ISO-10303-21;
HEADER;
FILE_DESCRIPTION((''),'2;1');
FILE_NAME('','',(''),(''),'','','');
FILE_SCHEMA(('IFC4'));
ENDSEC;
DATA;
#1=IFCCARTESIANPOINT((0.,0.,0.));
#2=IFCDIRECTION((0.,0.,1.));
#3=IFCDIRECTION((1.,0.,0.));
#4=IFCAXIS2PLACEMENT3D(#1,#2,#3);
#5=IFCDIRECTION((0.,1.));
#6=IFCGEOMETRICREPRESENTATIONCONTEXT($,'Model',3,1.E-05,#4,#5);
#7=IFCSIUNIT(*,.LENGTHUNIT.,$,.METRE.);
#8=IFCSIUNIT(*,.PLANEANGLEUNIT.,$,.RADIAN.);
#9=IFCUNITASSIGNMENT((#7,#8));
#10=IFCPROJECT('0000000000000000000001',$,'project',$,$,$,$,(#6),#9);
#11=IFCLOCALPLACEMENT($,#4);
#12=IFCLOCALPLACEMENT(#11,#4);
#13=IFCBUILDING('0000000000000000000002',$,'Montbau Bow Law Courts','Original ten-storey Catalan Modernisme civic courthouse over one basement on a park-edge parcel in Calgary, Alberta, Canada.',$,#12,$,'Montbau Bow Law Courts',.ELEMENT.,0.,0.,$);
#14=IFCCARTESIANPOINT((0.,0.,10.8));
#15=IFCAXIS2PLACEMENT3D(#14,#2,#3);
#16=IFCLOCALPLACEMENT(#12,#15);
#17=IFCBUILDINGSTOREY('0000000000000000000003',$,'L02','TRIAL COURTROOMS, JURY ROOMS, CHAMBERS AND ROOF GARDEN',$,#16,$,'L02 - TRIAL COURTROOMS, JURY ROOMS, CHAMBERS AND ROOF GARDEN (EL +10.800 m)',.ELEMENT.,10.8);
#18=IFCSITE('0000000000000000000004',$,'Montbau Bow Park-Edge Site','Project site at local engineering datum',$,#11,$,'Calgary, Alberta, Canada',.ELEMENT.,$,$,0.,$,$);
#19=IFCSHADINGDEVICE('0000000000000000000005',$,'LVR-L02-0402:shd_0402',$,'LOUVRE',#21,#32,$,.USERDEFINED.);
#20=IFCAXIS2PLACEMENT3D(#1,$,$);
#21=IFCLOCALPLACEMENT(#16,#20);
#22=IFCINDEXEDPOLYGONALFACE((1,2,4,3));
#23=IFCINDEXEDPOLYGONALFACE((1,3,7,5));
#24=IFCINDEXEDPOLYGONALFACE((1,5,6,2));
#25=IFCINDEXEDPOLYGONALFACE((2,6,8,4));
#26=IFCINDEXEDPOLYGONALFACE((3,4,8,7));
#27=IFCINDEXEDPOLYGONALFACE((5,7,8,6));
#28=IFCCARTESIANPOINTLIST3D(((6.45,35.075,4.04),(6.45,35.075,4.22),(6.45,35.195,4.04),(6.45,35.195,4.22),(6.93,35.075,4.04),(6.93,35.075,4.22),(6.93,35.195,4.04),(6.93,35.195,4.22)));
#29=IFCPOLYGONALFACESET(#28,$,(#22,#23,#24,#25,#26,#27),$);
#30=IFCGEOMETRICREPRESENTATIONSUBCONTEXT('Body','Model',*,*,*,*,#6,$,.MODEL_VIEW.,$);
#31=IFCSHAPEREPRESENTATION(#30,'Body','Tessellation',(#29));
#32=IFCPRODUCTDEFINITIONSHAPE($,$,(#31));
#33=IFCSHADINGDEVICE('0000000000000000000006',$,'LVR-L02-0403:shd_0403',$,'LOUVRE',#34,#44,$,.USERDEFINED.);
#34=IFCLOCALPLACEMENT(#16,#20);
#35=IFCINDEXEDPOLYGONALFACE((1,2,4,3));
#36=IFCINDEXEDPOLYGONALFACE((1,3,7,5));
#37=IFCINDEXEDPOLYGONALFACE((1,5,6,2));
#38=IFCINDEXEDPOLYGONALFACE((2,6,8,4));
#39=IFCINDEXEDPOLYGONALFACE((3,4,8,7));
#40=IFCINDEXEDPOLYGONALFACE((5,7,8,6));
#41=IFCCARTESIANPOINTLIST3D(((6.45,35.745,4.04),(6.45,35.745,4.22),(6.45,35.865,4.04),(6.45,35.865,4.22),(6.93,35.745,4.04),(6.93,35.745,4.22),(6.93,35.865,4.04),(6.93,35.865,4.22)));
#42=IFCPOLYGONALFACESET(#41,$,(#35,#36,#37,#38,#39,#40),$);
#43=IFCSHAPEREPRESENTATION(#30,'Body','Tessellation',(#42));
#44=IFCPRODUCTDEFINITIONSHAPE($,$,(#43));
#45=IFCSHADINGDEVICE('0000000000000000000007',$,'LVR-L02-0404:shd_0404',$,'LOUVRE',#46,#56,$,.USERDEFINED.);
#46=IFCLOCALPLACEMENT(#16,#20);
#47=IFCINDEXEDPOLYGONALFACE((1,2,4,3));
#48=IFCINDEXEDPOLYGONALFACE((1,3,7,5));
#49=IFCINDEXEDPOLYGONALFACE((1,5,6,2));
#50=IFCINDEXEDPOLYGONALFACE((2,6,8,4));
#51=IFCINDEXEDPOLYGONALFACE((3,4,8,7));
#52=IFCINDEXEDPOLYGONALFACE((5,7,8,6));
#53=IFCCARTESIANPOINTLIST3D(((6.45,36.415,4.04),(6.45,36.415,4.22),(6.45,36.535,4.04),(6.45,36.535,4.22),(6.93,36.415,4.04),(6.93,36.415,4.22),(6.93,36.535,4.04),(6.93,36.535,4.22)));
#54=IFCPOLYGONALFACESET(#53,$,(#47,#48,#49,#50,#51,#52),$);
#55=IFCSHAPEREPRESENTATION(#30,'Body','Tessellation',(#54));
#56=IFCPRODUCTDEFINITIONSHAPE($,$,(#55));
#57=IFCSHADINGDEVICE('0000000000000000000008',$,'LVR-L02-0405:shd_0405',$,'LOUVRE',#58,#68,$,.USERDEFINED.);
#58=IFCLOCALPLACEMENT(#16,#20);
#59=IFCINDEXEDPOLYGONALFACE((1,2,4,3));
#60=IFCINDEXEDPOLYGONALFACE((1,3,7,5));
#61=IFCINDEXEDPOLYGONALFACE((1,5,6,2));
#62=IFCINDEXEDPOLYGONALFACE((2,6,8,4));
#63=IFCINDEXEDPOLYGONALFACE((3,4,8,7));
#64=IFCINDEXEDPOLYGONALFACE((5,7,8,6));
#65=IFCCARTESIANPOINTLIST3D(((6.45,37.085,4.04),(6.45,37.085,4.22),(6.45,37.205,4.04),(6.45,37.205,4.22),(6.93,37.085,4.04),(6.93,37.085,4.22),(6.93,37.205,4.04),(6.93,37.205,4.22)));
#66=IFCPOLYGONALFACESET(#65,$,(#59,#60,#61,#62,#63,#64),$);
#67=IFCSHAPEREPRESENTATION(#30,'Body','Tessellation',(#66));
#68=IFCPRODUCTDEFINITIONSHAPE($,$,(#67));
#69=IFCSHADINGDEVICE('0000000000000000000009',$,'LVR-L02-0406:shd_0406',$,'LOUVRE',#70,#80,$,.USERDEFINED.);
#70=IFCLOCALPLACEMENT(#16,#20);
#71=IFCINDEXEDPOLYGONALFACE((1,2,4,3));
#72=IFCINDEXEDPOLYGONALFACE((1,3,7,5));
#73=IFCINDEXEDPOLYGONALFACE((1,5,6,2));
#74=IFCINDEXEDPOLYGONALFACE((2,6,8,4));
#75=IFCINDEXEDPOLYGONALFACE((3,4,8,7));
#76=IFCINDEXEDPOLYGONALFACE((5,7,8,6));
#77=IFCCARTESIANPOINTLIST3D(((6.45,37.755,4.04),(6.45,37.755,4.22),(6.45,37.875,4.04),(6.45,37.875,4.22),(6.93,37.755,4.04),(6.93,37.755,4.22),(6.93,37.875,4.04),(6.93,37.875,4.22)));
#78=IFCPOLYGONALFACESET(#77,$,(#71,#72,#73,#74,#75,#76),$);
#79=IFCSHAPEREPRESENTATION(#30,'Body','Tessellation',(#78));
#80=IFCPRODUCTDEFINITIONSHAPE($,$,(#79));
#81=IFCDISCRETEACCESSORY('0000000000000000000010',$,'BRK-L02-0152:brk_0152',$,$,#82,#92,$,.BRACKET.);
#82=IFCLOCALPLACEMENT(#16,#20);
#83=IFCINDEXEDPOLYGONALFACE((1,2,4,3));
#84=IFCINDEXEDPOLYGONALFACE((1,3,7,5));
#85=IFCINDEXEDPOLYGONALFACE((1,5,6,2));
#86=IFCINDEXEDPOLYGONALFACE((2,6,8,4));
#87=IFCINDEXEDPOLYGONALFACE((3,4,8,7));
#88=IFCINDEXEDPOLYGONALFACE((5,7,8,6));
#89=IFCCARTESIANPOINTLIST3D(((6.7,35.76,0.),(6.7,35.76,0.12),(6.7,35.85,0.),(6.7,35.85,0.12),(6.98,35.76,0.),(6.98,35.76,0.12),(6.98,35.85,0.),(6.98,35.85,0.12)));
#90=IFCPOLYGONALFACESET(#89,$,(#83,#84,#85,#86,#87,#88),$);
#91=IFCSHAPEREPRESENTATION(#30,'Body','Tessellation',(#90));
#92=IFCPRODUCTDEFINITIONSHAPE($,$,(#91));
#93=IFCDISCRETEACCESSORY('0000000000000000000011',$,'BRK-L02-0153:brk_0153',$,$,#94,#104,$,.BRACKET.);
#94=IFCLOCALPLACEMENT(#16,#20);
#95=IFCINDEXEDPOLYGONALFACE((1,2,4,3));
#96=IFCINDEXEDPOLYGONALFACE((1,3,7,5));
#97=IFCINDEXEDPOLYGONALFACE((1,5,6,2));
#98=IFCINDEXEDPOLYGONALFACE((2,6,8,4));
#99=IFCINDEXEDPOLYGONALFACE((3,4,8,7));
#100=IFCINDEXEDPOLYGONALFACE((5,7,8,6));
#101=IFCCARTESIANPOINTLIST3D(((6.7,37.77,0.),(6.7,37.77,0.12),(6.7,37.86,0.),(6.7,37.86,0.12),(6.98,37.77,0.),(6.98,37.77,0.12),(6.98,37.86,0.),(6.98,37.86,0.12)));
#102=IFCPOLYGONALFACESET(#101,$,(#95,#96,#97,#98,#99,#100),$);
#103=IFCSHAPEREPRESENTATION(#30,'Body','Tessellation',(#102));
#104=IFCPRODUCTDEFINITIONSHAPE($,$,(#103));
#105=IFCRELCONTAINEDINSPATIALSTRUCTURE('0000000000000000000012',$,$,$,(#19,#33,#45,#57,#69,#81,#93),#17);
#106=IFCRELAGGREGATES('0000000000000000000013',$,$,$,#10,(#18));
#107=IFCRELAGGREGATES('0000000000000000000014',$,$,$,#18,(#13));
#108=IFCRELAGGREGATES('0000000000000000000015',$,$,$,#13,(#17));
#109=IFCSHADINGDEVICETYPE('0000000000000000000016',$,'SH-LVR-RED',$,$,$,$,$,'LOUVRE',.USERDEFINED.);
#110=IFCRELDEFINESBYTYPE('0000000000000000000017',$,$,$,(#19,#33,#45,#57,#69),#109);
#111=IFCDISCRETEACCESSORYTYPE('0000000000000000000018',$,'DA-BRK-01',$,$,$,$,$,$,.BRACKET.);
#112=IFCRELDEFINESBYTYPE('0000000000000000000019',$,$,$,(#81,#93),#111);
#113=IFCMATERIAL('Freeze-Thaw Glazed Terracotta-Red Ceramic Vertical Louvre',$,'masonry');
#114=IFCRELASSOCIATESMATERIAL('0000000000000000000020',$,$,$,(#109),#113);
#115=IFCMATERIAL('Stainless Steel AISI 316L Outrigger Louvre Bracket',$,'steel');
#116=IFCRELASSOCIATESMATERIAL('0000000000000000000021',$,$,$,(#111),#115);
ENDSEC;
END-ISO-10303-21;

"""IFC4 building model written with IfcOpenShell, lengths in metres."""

from ifc_helpers import new_model, si_unit, direction, frame, origin_with_axes, origin_2d_with_axis, place, context, subcontext, project, spatial, rectangle, extrude, material, type_object, element, save


model = new_model("IFC4")

# Units and contexts
model_context = context("Model", 3, precision=1e-05, world=origin_with_axes(), true_north=direction((0.0, 1.0)))
body_context = subcontext(model_context, "Body", "Model", "MODEL_VIEW")
ifc_project = project(units=[si_unit("LENGTHUNIT", "METRE"), si_unit("PLANEANGLEUNIT", "RADIAN")], contexts=[model_context])

# Site, building, storey
site_placement = place(None, origin_with_axes())
site = spatial("IfcSite", under=ifc_project, at=site_placement, Name="Montbau Bow Park-Edge Site", Description="Project site at local engineering datum", LongName="Calgary, Alberta, Canada", CompositionType="ELEMENT", RefElevation=0.0)
building_placement = place(site_placement, origin_with_axes())
building = spatial("IfcBuilding", under=site, at=building_placement, Name="Montbau Bow Law Courts", Description="Original ten-storey Catalan Modernisme civic courthouse over one basement on a park-edge parcel in Calgary, Alberta, Canada.", LongName="Montbau Bow Law Courts", CompositionType="ELEMENT", ElevationOfRefHeight=0.0, ElevationOfTerrain=0.0)
storey_placement = place(building_placement, frame((0.0, 0.0, 10.8), z_axis=(0.0, 0.0, 1.0), x_axis=(1.0, 0.0, 0.0)))
storey = spatial("IfcBuildingStorey", under=building, at=storey_placement, Name="L02", Description="TRIAL COURTROOMS, JURY ROOMS, CHAMBERS AND ROOF GARDEN", LongName="L02 - TRIAL COURTROOMS, JURY ROOMS, CHAMBERS AND ROOF GARDEN (EL +10.800 m)", CompositionType="ELEMENT", Elevation=10.8)

# Shared definitions
ifc_material_1 = material(Name="Freeze-Thaw Glazed Terracotta-Red Ceramic Vertical Louvre", Category="masonry")

# Shading devices
shading_device_type = type_object("IfcShadingDeviceType", Name="SH-LVR-RED", ElementType="LOUVRE", PredefinedType="USERDEFINED", material=ifc_material_1)
for number, where, z_axis, x_axis, name in (
    (1, (6.69, 35.135, 14.84), (0.0, 0.0, 1.0), (-1.0, 0.0, 0.0), "LVR-L02-0402:shd_0402"),
    (2, (6.69, 35.805, 14.84), (0.0, 0.0, 1.0), (-1.0, 0.0, 0.0), "LVR-L02-0403:shd_0403"),
    (3, (6.69, 36.475, 14.84), (0.0, 0.0, 1.0), (-1.0, 0.0, 0.0), "LVR-L02-0404:shd_0404"),
    (4, (6.69, 37.145, 14.84), (0.0, 0.0, 1.0), (-1.0, 0.0, 0.0), "LVR-L02-0405:shd_0405"),
    (5, (6.69, 37.815, 14.84), (0.0, 0.0, 1.0), (-1.0, 0.0, 0.0), "LVR-L02-0406:shd_0406"),
):
    element("IfcShadingDevice", number, at=place(None, frame(where, z_axis=z_axis, x_axis=x_axis)), inside=storey, type_object=shading_device_type, Name=name, ObjectType="LOUVRE", PredefinedType="USERDEFINED", context=body_context, shape_type="SweptSolid", body=[
        extrude(rectangle(XDim=0.48, YDim=0.12, at=origin_2d_with_axis()), origin_with_axes(), (0.0, 0.0, 1.0), 0.18),
    ])

# Discrete accessories
ifc_material_2 = material(Name="Stainless Steel AISI 316L Outrigger Louvre Bracket", Category="steel")
discrete_accessory_type = type_object("IfcDiscreteAccessoryType", Name="DA-BRK-01", PredefinedType="BRACKET", material=ifc_material_2)
for number, where, z_axis, x_axis, name in (
    (6, (6.84, 35.805, 10.8), (0.0, 0.0, 1.0), (-1.0, 0.0, 0.0), "BRK-L02-0152:brk_0152"),
    (7, (6.84, 37.815, 10.8), (0.0, 0.0, 1.0), (-1.0, 0.0, 0.0), "BRK-L02-0153:brk_0153"),
):
    element("IfcDiscreteAccessory", number, at=place(None, frame(where, z_axis=z_axis, x_axis=x_axis)), inside=storey, type_object=discrete_accessory_type, Name=name, PredefinedType="BRACKET", context=body_context, shape_type="SweptSolid", body=[
        extrude(rectangle(XDim=0.28, YDim=0.09, at=origin_2d_with_axis()), origin_with_axes(), (0.0, 0.0, 1.0), 0.12),
    ])

save(model, "model.ifc")
